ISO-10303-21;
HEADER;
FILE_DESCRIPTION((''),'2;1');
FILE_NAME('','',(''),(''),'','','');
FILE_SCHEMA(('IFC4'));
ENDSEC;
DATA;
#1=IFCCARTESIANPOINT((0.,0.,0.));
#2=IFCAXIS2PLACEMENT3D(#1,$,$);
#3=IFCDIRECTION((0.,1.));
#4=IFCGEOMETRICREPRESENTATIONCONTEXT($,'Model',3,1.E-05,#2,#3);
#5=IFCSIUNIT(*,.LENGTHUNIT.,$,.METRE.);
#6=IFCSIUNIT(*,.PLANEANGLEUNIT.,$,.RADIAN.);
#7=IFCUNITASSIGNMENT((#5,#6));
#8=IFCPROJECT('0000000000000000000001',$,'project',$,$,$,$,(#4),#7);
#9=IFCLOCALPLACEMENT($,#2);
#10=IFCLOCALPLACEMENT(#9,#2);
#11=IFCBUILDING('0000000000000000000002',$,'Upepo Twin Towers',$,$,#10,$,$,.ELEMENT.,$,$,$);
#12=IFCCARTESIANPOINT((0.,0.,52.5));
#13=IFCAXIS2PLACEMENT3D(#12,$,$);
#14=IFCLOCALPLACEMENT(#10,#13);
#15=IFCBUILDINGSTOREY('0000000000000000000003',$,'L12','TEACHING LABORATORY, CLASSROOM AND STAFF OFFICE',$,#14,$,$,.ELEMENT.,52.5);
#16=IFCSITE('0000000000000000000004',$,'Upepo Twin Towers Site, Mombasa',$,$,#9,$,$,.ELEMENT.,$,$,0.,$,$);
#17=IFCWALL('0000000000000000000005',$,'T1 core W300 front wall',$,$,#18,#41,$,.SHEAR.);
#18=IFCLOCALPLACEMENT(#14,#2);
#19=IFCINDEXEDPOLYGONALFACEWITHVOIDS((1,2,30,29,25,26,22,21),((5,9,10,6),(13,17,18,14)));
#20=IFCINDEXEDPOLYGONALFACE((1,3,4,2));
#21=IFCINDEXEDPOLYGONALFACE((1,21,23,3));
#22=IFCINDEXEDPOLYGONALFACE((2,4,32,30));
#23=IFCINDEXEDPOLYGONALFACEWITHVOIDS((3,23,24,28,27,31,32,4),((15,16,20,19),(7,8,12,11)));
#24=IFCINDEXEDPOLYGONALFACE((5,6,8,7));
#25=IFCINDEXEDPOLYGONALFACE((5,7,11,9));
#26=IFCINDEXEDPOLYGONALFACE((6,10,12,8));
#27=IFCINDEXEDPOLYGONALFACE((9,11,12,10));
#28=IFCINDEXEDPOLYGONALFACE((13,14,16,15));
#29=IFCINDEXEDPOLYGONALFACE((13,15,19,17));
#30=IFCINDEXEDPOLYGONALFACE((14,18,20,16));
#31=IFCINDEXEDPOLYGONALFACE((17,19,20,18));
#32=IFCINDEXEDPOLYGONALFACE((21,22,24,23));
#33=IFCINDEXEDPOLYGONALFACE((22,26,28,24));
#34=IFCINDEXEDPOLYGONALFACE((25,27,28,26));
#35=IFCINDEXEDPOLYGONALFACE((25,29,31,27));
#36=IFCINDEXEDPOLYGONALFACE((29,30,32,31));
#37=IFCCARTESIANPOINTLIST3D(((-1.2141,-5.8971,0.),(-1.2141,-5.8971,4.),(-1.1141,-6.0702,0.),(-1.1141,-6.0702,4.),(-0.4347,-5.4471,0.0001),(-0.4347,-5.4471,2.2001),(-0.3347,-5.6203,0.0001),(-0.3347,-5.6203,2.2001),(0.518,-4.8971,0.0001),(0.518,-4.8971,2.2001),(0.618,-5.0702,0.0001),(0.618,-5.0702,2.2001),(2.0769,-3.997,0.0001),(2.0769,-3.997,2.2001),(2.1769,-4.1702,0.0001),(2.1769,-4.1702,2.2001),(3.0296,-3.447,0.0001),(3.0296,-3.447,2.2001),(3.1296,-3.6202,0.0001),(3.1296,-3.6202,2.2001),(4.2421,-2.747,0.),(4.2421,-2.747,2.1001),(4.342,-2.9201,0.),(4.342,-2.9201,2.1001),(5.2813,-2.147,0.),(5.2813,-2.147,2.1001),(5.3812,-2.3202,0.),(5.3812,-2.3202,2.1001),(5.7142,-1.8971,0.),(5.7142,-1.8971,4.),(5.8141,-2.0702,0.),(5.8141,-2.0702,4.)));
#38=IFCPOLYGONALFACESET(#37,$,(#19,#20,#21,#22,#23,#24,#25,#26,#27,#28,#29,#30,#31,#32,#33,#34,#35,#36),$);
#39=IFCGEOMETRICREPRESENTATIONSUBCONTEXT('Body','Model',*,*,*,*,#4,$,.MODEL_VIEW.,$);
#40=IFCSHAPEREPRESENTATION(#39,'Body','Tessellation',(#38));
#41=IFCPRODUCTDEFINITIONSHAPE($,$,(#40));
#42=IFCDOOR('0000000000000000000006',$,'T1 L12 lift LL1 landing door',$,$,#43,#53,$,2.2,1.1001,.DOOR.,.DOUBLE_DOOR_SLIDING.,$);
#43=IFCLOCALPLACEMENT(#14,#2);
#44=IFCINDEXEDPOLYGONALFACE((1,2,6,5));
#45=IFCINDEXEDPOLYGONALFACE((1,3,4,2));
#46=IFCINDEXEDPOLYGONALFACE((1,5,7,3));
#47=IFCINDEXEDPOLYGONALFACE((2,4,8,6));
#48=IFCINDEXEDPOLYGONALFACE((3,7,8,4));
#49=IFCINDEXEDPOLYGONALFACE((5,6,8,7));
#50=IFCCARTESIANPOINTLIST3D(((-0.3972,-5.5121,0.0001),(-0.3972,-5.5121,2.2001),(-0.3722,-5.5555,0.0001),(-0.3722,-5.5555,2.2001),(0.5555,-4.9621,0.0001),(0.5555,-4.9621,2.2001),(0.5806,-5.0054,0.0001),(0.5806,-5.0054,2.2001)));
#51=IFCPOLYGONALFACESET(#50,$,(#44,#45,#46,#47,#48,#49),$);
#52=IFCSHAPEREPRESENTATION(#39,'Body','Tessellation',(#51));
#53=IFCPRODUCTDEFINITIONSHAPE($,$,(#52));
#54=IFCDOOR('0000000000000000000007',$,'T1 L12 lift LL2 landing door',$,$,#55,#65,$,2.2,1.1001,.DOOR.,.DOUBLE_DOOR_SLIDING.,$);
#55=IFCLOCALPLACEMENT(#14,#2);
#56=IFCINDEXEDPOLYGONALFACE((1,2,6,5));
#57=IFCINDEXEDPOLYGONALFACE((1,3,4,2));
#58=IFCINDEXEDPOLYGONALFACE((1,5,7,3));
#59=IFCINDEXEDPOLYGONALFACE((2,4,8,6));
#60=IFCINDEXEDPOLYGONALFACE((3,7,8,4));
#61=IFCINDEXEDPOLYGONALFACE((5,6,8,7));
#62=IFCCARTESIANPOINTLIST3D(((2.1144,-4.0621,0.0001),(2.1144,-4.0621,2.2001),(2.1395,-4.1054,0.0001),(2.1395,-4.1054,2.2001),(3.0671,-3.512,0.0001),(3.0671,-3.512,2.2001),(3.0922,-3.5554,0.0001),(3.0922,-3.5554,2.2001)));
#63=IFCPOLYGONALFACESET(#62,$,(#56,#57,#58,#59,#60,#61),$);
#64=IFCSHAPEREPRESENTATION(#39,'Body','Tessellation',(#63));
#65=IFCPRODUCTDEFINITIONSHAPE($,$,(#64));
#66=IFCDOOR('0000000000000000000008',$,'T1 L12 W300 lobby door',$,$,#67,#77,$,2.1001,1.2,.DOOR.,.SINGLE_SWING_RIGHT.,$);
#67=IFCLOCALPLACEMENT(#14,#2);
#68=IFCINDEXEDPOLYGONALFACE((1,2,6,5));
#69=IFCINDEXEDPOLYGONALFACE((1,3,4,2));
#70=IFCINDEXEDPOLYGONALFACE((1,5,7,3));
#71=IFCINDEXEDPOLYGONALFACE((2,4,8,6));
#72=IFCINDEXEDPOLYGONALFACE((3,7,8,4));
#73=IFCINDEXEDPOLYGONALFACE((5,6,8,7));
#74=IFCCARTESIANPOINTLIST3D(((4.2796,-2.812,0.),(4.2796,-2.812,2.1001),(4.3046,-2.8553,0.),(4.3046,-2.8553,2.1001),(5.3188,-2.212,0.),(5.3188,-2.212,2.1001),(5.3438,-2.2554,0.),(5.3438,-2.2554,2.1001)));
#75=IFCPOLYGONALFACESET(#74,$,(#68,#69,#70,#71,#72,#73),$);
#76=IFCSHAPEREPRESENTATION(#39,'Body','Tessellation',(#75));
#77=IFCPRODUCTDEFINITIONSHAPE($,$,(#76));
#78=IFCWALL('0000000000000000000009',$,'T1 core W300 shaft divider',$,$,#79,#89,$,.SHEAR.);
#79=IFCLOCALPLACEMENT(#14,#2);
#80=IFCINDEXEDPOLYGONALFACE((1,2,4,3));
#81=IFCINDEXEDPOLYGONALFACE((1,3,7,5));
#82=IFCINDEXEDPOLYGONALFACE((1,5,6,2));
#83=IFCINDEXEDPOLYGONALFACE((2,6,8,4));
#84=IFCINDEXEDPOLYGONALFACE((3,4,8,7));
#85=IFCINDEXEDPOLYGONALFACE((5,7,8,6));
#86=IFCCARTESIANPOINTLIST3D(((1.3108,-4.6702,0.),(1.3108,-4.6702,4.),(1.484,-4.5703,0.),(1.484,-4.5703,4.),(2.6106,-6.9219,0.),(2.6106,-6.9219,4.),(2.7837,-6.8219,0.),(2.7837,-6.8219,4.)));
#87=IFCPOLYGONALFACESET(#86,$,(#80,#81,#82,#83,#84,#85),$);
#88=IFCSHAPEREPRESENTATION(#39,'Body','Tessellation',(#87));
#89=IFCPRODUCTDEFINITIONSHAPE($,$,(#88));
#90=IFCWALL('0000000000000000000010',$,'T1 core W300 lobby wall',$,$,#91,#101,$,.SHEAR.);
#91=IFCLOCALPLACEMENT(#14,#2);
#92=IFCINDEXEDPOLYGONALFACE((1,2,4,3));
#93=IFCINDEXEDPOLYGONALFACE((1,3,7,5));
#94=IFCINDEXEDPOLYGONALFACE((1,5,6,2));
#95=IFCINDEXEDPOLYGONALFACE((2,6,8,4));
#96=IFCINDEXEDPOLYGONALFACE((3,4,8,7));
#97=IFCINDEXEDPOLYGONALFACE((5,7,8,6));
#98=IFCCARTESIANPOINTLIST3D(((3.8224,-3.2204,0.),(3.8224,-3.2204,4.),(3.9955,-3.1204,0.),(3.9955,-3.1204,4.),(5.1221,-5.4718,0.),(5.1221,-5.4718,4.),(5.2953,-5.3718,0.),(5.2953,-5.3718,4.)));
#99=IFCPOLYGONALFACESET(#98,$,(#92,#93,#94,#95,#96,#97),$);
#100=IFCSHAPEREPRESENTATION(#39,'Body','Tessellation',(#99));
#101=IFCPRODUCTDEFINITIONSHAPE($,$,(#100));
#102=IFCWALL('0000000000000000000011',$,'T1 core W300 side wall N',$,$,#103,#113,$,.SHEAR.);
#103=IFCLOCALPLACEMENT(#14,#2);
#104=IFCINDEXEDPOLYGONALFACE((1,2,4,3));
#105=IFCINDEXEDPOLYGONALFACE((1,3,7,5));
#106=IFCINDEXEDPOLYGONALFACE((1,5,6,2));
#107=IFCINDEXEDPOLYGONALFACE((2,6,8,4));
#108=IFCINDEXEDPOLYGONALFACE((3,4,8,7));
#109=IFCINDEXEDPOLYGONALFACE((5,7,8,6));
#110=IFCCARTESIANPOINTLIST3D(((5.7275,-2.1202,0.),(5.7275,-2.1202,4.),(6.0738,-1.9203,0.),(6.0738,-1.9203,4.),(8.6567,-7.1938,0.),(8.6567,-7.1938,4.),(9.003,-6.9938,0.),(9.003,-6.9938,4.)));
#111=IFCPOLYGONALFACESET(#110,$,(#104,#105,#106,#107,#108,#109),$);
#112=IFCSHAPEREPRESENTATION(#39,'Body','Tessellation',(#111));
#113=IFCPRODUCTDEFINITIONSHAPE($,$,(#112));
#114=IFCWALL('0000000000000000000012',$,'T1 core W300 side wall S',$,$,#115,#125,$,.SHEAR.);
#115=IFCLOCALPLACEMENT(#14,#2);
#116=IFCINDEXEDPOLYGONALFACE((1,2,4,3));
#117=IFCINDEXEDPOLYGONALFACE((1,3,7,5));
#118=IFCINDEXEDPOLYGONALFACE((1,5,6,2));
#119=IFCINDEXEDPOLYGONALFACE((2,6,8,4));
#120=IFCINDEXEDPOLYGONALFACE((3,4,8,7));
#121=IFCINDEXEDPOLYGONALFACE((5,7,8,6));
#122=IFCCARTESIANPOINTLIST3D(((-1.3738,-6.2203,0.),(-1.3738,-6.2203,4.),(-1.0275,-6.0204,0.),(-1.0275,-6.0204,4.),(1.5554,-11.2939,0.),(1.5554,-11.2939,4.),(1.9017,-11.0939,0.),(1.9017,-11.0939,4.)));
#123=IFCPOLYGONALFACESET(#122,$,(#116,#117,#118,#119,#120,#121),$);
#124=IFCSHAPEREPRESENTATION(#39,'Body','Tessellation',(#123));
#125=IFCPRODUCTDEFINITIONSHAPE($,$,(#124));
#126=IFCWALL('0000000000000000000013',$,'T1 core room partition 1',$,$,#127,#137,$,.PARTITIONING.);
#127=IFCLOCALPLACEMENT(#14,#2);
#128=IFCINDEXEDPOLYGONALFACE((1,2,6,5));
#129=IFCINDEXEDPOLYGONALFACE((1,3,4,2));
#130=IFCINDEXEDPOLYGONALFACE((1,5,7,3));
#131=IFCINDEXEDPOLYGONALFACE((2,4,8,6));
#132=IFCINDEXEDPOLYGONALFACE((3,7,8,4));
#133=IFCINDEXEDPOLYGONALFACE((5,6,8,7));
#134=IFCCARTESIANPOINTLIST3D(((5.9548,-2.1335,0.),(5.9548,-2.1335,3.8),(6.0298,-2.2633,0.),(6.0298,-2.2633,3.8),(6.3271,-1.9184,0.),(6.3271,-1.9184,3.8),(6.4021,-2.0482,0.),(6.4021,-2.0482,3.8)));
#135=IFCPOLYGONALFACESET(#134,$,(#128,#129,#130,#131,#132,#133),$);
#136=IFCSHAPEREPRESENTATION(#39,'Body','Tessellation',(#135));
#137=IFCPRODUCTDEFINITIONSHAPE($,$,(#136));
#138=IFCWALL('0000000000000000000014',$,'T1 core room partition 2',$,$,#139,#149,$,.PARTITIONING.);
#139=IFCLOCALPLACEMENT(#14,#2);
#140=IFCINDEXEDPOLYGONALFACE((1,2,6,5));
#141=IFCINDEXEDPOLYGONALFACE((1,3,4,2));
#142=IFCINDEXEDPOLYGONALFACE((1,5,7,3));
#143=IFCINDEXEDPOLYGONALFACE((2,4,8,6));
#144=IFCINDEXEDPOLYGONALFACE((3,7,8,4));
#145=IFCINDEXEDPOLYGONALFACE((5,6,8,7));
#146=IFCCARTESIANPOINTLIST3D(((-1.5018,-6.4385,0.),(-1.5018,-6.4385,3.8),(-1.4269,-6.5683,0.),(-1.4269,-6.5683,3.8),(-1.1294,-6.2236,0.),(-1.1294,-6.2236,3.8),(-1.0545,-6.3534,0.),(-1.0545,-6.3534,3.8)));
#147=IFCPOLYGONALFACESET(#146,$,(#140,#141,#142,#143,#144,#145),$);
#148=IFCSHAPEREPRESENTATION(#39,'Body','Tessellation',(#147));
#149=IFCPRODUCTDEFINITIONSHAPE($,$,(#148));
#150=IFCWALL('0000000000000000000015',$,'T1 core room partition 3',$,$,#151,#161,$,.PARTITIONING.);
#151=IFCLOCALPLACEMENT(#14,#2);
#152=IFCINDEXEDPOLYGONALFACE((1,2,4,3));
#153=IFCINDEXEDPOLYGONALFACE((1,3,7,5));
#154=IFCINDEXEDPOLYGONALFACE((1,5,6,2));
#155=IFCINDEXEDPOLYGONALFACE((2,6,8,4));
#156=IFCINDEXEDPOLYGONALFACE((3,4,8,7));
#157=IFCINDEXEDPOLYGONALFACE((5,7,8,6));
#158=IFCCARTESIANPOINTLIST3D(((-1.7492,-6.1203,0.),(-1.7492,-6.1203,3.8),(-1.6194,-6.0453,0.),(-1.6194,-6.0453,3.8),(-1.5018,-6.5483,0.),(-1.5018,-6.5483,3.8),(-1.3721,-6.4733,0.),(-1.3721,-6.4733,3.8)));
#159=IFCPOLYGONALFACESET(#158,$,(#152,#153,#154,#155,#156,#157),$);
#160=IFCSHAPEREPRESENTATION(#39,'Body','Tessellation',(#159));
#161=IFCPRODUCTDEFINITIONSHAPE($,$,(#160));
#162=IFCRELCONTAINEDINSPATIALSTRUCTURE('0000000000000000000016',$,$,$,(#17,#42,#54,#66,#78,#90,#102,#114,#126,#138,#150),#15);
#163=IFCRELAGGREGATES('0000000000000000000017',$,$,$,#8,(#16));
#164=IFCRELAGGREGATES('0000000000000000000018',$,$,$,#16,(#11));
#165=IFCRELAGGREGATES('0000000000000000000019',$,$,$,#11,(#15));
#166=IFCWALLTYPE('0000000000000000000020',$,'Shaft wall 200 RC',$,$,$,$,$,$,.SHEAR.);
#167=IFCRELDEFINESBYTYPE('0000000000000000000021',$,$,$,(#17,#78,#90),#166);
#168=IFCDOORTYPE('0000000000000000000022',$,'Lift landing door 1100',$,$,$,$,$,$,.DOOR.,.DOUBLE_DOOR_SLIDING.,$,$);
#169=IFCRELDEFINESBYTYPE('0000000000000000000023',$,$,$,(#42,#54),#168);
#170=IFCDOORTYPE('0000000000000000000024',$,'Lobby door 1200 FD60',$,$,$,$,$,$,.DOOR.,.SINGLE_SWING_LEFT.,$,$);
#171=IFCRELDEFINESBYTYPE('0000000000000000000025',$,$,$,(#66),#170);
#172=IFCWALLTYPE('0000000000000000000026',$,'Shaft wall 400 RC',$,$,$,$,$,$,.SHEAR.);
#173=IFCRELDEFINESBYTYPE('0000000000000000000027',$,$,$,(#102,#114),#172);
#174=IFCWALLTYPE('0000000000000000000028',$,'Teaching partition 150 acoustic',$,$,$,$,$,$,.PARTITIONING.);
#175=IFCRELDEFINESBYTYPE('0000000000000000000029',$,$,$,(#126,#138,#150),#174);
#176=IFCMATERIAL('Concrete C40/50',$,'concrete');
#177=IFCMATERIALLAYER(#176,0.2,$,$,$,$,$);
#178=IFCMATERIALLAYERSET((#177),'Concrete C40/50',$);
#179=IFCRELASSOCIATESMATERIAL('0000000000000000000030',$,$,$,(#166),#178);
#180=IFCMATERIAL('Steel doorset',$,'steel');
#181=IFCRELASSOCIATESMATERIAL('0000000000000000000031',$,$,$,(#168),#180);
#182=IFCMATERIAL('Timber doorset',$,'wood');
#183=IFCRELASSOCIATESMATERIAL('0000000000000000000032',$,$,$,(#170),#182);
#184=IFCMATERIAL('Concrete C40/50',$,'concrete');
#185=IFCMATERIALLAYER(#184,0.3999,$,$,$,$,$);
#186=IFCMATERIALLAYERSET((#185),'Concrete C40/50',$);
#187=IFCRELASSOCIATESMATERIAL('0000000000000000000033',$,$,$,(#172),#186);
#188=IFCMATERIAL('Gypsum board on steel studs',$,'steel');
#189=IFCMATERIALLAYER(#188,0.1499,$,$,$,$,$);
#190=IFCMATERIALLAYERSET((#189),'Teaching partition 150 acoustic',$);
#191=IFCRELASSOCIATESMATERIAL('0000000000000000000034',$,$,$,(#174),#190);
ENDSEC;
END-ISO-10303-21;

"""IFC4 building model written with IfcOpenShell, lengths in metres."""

from ifc_helpers import new_model, si_unit, direction, frame, frame_2d, origin, place, context, subcontext, project, spatial, rectangle, extrude, material, layer, layer_set, type_object, element, fill, save


model = new_model("IFC4")

# Units and contexts
model_context = context("Model", 3, precision=1e-05, world=origin(), true_north=direction((0.0, 1.0)))
body_context = subcontext(model_context, "Body", "Model", "MODEL_VIEW")
ifc_project = project(units=[si_unit("LENGTHUNIT", "METRE"), si_unit("PLANEANGLEUNIT", "RADIAN")], contexts=[model_context])

# Site, building, storey
site_placement = place(None, origin())
site = spatial("IfcSite", under=ifc_project, at=site_placement, Name="Upepo Twin Towers Site, Mombasa", CompositionType="ELEMENT", RefElevation=0.0)
building_placement = place(site_placement, origin())
building = spatial("IfcBuilding", under=site, at=building_placement, Name="Upepo Twin Towers", CompositionType="ELEMENT")
storey_placement = place(building_placement, frame((0.0, 0.0, 52.5)))
storey = spatial("IfcBuildingStorey", under=building, at=storey_placement, Name="L12", Description="TEACHING LABORATORY, CLASSROOM AND STAFF OFFICE", CompositionType="ELEMENT", Elevation=52.5)

# Wall, openings, doors
ifc_material_1 = material(Name="Concrete C40/50", Category="concrete")
ifc_layer_1 = layer(ifc_material_1, 0.2)
ifc_layer_set_1 = layer_set([ifc_layer_1], Name="Concrete C40/50")
wall_type_1 = type_object("IfcWallType", Name="Shaft wall 200 RC", PredefinedType="SHEAR", material=ifc_layer_set_1)
wall_1_placement = place(storey_placement, frame((-1.1641, -5.9836, 0.0), z_axis=(0.0, 0.0, 1.0), x_axis=(0.866026, 0.499999, 0.0)))
wall_1 = element("IfcWall", 1, at=wall_1_placement, inside=storey, type_object=wall_type_1, Name="T1 core W300 front wall", PredefinedType="SHEAR", context=body_context, shape_type="SweptSolid", body=[
    extrude(rectangle(XDim=8.0, YDim=0.2, at=frame_2d((4.0, 0.0))), origin(), (0.0, 0.0, 1.0), 4.0),
])
opening_1_placement = place(wall_1_placement, frame((6.3, 0.0, 0.0)))
opening_1 = element("IfcOpeningElement", 2, at=opening_1_placement, cuts=wall_1, PredefinedType="OPENING", context=body_context, shape_type="SweptSolid", body=[
    extrude(rectangle(XDim=1.2, YDim=2.1001, at=frame_2d((0.6001, 1.05))), frame((0.0, 0.1099, 0.0), z_axis=(0.0, -1.0, 0.0), x_axis=(1.0, 0.0, 0.0)), (0.0, 0.0, 1.0), 0.22),
])
opening_2_placement = place(wall_1_placement, frame((0.8999, 0.0, 0.0)))
opening_2 = element("IfcOpeningElement", 3, at=opening_2_placement, cuts=wall_1, PredefinedType="OPENING", context=body_context, shape_type="SweptSolid", body=[
    extrude(rectangle(XDim=1.1001, YDim=2.2, at=frame_2d((0.55, 1.1001))), frame((0.0, 0.1099, 0.0), z_axis=(0.0, -1.0, 0.0), x_axis=(1.0, 0.0, 0.0)), (0.0, 0.0, 1.0), 0.22),
])
opening_3_placement = place(wall_1_placement, frame((3.8, 0.0, 0.0)))
opening_3 = element("IfcOpeningElement", 4, at=opening_3_placement, cuts=wall_1, PredefinedType="OPENING", context=body_context, shape_type="SweptSolid", body=[
    extrude(rectangle(XDim=1.1001, YDim=2.2, at=frame_2d((0.55, 1.1001))), frame((0.0, 0.1099, 0.0), z_axis=(0.0, -1.0, 0.0), x_axis=(1.0, 0.0, 0.0)), (0.0, 0.0, 1.0), 0.22),
])
ifc_material_2 = material(Name="Steel doorset", Category="steel")
door_type_1 = type_object("IfcDoorType", Name="Lift landing door 1100", OperationType="DOUBLE_DOOR_SLIDING", PredefinedType="DOOR", material=ifc_material_2)
door_1_placement = place(opening_2_placement, origin())
door_1 = element("IfcDoor", 5, at=door_1_placement, inside=storey, type_object=door_type_1, Name="T1 L12 lift LL1 landing door", OperationType="DOUBLE_DOOR_SLIDING", OverallHeight=2.2, OverallWidth=1.1001, PredefinedType="DOOR", context=body_context, shape_type="SweptSolid", body=[
    extrude(rectangle(XDim=1.1001, YDim=2.2, at=frame_2d((0.55, 1.1001))), frame((0.0, 0.0249, 0.0), z_axis=(0.0, -1.0, 0.0), x_axis=(1.0, 0.0, 0.0)), (0.0, 0.0, 1.0), 0.05),
])
fill(opening_2, door_1)
door_2_placement = place(opening_3_placement, origin())
door_2 = element("IfcDoor", 6, at=door_2_placement, inside=storey, type_object=door_type_1, Name="T1 L12 lift LL2 landing door", OperationType="DOUBLE_DOOR_SLIDING", OverallHeight=2.2, OverallWidth=1.1001, PredefinedType="DOOR", context=body_context, shape_type="SweptSolid", body=[
    extrude(rectangle(XDim=1.1001, YDim=2.2, at=frame_2d((0.55, 1.1001))), frame((0.0, 0.0249, 0.0), z_axis=(0.0, -1.0, 0.0), x_axis=(1.0, 0.0, 0.0)), (0.0, 0.0, 1.0), 0.05),
])
fill(opening_3, door_2)
ifc_material_3 = material(Name="Timber doorset", Category="wood")
door_type_2 = type_object("IfcDoorType", Name="Lobby door 1200 FD60", OperationType="SINGLE_SWING_LEFT", PredefinedType="DOOR", material=ifc_material_3)
door_3_placement = place(opening_1_placement, origin())
door_3 = element("IfcDoor", 7, at=door_3_placement, inside=storey, type_object=door_type_2, Name="T1 L12 W300 lobby door", OperationType="SINGLE_SWING_RIGHT", OverallHeight=2.1001, OverallWidth=1.2, PredefinedType="DOOR", context=body_context, shape_type="SweptSolid", body=[
    extrude(rectangle(XDim=1.2, YDim=2.1001, at=frame_2d((0.6001, 1.05))), frame((0.0, 0.0249, 0.0), z_axis=(0.0, -1.0, 0.0), x_axis=(1.0, 0.0, 0.0)), (0.0, 0.0, 1.0), 0.05),
])
fill(opening_1, door_3)

# Walls
wall_2_placement = place(storey_placement, frame((1.3975, -4.6204, 0.0), z_axis=(0.0, 0.0, 1.0), x_axis=(0.499937, -0.866062, 0.0)))
element("IfcWall", 8, at=wall_2_placement, inside=storey, type_object=wall_type_1, Name="T1 core W300 shaft divider", PredefinedType="SHEAR", context=body_context, shape_type="SweptSolid", body=[
    extrude(rectangle(XDim=2.5999, YDim=0.2, at=frame_2d((1.2998, 0.0))), origin(), (0.0, 0.0, 1.0), 4.0),
])
wall_3_placement = place(storey_placement, frame((3.9089, -3.1704, 0.0), z_axis=(0.0, 0.0, 1.0), x_axis=(0.499977, -0.866039, 0.0)))
element("IfcWall", 9, at=wall_3_placement, inside=storey, type_object=wall_type_1, Name="T1 core W300 lobby wall", PredefinedType="SHEAR", context=body_context, shape_type="SweptSolid", body=[
    extrude(rectangle(XDim=2.5996, YDim=0.2, at=frame_2d((1.2998, 0.0))), origin(), (0.0, 0.0, 1.0), 4.0),
])
ifc_material_4 = material(Name="Concrete C40/50", Category="concrete")
ifc_layer_2 = layer(ifc_material_4, 0.3999)
ifc_layer_set_2 = layer_set([ifc_layer_2], Name="Concrete C40/50")
wall_type_2 = type_object("IfcWallType", Name="Shaft wall 400 RC", PredefinedType="SHEAR", material=ifc_layer_set_2)
for number, where, z_axis, x_axis, name in (
    (10, (5.9006, -2.0203, 0.0), (0.0, 0.0, 1.0), (0.500003, -0.866024, 0.0), "T1 core W300 side wall N"),
    (11, (-1.2007, -6.1204, 0.0), (0.0, 0.0, 1.0), (0.500003, -0.866024, 0.0), "T1 core W300 side wall S"),
):
    element("IfcWall", number, at=place(storey_placement, frame(where, z_axis=z_axis, x_axis=x_axis)), inside=storey, type_object=wall_type_2, Name=name, PredefinedType="SHEAR", context=body_context, shape_type="SweptSolid", body=[
        extrude(rectangle(XDim=5.8584, YDim=0.3999, at=frame_2d((2.9292, 0.0))), origin(), (0.0, 0.0, 1.0), 4.0),
    ])
ifc_material_5 = material(Name="Gypsum board on steel studs", Category="steel")
ifc_layer_3 = layer(ifc_material_5, 0.1499)
ifc_layer_set_3 = layer_set([ifc_layer_3], Name="Teaching partition 150 acoustic")
wall_type_3 = type_object("IfcWallType", Name="Teaching partition 150 acoustic", PredefinedType="PARTITIONING", material=ifc_layer_set_3)
for number, where, z_axis, x_axis, name in (
    (12, (6.3645, -1.9834, 0.0), (0.0, 0.0, 1.0), (-0.865892, -0.50023, 0.0), "T1 core room partition 1"),
    (13, (-1.092, -6.2886, 0.0), (0.0, 0.0, 1.0), (-0.866138, -0.499804, 0.0), "T1 core room partition 2"),
):
    element("IfcWall", number, at=place(storey_placement, frame(where, z_axis=z_axis, x_axis=x_axis)), inside=storey, type_object=wall_type_3, Name=name, PredefinedType="PARTITIONING", context=body_context, shape_type="SweptSolid", body=[
        extrude(rectangle(XDim=0.4299, YDim=0.1499, at=frame_2d((0.2148, 0.0))), origin(), (0.0, 0.0, 1.0), 3.8),
    ])
wall_4_placement = place(storey_placement, frame((-1.437, -6.5107, 0.0), z_axis=(0.0, 0.0, 1.0), x_axis=(-0.500335, 0.865832, 0.0)))
element("IfcWall", 14, at=wall_4_placement, inside=storey, type_object=wall_type_3, Name="T1 core room partition 3", PredefinedType="PARTITIONING", context=body_context, shape_type="SweptSolid", body=[
    extrude(rectangle(XDim=0.4944, YDim=0.1499, at=frame_2d((0.2471, 0.0))), origin(), (0.0, 0.0, 1.0), 3.8),
])

save(model, "model.ifc")
